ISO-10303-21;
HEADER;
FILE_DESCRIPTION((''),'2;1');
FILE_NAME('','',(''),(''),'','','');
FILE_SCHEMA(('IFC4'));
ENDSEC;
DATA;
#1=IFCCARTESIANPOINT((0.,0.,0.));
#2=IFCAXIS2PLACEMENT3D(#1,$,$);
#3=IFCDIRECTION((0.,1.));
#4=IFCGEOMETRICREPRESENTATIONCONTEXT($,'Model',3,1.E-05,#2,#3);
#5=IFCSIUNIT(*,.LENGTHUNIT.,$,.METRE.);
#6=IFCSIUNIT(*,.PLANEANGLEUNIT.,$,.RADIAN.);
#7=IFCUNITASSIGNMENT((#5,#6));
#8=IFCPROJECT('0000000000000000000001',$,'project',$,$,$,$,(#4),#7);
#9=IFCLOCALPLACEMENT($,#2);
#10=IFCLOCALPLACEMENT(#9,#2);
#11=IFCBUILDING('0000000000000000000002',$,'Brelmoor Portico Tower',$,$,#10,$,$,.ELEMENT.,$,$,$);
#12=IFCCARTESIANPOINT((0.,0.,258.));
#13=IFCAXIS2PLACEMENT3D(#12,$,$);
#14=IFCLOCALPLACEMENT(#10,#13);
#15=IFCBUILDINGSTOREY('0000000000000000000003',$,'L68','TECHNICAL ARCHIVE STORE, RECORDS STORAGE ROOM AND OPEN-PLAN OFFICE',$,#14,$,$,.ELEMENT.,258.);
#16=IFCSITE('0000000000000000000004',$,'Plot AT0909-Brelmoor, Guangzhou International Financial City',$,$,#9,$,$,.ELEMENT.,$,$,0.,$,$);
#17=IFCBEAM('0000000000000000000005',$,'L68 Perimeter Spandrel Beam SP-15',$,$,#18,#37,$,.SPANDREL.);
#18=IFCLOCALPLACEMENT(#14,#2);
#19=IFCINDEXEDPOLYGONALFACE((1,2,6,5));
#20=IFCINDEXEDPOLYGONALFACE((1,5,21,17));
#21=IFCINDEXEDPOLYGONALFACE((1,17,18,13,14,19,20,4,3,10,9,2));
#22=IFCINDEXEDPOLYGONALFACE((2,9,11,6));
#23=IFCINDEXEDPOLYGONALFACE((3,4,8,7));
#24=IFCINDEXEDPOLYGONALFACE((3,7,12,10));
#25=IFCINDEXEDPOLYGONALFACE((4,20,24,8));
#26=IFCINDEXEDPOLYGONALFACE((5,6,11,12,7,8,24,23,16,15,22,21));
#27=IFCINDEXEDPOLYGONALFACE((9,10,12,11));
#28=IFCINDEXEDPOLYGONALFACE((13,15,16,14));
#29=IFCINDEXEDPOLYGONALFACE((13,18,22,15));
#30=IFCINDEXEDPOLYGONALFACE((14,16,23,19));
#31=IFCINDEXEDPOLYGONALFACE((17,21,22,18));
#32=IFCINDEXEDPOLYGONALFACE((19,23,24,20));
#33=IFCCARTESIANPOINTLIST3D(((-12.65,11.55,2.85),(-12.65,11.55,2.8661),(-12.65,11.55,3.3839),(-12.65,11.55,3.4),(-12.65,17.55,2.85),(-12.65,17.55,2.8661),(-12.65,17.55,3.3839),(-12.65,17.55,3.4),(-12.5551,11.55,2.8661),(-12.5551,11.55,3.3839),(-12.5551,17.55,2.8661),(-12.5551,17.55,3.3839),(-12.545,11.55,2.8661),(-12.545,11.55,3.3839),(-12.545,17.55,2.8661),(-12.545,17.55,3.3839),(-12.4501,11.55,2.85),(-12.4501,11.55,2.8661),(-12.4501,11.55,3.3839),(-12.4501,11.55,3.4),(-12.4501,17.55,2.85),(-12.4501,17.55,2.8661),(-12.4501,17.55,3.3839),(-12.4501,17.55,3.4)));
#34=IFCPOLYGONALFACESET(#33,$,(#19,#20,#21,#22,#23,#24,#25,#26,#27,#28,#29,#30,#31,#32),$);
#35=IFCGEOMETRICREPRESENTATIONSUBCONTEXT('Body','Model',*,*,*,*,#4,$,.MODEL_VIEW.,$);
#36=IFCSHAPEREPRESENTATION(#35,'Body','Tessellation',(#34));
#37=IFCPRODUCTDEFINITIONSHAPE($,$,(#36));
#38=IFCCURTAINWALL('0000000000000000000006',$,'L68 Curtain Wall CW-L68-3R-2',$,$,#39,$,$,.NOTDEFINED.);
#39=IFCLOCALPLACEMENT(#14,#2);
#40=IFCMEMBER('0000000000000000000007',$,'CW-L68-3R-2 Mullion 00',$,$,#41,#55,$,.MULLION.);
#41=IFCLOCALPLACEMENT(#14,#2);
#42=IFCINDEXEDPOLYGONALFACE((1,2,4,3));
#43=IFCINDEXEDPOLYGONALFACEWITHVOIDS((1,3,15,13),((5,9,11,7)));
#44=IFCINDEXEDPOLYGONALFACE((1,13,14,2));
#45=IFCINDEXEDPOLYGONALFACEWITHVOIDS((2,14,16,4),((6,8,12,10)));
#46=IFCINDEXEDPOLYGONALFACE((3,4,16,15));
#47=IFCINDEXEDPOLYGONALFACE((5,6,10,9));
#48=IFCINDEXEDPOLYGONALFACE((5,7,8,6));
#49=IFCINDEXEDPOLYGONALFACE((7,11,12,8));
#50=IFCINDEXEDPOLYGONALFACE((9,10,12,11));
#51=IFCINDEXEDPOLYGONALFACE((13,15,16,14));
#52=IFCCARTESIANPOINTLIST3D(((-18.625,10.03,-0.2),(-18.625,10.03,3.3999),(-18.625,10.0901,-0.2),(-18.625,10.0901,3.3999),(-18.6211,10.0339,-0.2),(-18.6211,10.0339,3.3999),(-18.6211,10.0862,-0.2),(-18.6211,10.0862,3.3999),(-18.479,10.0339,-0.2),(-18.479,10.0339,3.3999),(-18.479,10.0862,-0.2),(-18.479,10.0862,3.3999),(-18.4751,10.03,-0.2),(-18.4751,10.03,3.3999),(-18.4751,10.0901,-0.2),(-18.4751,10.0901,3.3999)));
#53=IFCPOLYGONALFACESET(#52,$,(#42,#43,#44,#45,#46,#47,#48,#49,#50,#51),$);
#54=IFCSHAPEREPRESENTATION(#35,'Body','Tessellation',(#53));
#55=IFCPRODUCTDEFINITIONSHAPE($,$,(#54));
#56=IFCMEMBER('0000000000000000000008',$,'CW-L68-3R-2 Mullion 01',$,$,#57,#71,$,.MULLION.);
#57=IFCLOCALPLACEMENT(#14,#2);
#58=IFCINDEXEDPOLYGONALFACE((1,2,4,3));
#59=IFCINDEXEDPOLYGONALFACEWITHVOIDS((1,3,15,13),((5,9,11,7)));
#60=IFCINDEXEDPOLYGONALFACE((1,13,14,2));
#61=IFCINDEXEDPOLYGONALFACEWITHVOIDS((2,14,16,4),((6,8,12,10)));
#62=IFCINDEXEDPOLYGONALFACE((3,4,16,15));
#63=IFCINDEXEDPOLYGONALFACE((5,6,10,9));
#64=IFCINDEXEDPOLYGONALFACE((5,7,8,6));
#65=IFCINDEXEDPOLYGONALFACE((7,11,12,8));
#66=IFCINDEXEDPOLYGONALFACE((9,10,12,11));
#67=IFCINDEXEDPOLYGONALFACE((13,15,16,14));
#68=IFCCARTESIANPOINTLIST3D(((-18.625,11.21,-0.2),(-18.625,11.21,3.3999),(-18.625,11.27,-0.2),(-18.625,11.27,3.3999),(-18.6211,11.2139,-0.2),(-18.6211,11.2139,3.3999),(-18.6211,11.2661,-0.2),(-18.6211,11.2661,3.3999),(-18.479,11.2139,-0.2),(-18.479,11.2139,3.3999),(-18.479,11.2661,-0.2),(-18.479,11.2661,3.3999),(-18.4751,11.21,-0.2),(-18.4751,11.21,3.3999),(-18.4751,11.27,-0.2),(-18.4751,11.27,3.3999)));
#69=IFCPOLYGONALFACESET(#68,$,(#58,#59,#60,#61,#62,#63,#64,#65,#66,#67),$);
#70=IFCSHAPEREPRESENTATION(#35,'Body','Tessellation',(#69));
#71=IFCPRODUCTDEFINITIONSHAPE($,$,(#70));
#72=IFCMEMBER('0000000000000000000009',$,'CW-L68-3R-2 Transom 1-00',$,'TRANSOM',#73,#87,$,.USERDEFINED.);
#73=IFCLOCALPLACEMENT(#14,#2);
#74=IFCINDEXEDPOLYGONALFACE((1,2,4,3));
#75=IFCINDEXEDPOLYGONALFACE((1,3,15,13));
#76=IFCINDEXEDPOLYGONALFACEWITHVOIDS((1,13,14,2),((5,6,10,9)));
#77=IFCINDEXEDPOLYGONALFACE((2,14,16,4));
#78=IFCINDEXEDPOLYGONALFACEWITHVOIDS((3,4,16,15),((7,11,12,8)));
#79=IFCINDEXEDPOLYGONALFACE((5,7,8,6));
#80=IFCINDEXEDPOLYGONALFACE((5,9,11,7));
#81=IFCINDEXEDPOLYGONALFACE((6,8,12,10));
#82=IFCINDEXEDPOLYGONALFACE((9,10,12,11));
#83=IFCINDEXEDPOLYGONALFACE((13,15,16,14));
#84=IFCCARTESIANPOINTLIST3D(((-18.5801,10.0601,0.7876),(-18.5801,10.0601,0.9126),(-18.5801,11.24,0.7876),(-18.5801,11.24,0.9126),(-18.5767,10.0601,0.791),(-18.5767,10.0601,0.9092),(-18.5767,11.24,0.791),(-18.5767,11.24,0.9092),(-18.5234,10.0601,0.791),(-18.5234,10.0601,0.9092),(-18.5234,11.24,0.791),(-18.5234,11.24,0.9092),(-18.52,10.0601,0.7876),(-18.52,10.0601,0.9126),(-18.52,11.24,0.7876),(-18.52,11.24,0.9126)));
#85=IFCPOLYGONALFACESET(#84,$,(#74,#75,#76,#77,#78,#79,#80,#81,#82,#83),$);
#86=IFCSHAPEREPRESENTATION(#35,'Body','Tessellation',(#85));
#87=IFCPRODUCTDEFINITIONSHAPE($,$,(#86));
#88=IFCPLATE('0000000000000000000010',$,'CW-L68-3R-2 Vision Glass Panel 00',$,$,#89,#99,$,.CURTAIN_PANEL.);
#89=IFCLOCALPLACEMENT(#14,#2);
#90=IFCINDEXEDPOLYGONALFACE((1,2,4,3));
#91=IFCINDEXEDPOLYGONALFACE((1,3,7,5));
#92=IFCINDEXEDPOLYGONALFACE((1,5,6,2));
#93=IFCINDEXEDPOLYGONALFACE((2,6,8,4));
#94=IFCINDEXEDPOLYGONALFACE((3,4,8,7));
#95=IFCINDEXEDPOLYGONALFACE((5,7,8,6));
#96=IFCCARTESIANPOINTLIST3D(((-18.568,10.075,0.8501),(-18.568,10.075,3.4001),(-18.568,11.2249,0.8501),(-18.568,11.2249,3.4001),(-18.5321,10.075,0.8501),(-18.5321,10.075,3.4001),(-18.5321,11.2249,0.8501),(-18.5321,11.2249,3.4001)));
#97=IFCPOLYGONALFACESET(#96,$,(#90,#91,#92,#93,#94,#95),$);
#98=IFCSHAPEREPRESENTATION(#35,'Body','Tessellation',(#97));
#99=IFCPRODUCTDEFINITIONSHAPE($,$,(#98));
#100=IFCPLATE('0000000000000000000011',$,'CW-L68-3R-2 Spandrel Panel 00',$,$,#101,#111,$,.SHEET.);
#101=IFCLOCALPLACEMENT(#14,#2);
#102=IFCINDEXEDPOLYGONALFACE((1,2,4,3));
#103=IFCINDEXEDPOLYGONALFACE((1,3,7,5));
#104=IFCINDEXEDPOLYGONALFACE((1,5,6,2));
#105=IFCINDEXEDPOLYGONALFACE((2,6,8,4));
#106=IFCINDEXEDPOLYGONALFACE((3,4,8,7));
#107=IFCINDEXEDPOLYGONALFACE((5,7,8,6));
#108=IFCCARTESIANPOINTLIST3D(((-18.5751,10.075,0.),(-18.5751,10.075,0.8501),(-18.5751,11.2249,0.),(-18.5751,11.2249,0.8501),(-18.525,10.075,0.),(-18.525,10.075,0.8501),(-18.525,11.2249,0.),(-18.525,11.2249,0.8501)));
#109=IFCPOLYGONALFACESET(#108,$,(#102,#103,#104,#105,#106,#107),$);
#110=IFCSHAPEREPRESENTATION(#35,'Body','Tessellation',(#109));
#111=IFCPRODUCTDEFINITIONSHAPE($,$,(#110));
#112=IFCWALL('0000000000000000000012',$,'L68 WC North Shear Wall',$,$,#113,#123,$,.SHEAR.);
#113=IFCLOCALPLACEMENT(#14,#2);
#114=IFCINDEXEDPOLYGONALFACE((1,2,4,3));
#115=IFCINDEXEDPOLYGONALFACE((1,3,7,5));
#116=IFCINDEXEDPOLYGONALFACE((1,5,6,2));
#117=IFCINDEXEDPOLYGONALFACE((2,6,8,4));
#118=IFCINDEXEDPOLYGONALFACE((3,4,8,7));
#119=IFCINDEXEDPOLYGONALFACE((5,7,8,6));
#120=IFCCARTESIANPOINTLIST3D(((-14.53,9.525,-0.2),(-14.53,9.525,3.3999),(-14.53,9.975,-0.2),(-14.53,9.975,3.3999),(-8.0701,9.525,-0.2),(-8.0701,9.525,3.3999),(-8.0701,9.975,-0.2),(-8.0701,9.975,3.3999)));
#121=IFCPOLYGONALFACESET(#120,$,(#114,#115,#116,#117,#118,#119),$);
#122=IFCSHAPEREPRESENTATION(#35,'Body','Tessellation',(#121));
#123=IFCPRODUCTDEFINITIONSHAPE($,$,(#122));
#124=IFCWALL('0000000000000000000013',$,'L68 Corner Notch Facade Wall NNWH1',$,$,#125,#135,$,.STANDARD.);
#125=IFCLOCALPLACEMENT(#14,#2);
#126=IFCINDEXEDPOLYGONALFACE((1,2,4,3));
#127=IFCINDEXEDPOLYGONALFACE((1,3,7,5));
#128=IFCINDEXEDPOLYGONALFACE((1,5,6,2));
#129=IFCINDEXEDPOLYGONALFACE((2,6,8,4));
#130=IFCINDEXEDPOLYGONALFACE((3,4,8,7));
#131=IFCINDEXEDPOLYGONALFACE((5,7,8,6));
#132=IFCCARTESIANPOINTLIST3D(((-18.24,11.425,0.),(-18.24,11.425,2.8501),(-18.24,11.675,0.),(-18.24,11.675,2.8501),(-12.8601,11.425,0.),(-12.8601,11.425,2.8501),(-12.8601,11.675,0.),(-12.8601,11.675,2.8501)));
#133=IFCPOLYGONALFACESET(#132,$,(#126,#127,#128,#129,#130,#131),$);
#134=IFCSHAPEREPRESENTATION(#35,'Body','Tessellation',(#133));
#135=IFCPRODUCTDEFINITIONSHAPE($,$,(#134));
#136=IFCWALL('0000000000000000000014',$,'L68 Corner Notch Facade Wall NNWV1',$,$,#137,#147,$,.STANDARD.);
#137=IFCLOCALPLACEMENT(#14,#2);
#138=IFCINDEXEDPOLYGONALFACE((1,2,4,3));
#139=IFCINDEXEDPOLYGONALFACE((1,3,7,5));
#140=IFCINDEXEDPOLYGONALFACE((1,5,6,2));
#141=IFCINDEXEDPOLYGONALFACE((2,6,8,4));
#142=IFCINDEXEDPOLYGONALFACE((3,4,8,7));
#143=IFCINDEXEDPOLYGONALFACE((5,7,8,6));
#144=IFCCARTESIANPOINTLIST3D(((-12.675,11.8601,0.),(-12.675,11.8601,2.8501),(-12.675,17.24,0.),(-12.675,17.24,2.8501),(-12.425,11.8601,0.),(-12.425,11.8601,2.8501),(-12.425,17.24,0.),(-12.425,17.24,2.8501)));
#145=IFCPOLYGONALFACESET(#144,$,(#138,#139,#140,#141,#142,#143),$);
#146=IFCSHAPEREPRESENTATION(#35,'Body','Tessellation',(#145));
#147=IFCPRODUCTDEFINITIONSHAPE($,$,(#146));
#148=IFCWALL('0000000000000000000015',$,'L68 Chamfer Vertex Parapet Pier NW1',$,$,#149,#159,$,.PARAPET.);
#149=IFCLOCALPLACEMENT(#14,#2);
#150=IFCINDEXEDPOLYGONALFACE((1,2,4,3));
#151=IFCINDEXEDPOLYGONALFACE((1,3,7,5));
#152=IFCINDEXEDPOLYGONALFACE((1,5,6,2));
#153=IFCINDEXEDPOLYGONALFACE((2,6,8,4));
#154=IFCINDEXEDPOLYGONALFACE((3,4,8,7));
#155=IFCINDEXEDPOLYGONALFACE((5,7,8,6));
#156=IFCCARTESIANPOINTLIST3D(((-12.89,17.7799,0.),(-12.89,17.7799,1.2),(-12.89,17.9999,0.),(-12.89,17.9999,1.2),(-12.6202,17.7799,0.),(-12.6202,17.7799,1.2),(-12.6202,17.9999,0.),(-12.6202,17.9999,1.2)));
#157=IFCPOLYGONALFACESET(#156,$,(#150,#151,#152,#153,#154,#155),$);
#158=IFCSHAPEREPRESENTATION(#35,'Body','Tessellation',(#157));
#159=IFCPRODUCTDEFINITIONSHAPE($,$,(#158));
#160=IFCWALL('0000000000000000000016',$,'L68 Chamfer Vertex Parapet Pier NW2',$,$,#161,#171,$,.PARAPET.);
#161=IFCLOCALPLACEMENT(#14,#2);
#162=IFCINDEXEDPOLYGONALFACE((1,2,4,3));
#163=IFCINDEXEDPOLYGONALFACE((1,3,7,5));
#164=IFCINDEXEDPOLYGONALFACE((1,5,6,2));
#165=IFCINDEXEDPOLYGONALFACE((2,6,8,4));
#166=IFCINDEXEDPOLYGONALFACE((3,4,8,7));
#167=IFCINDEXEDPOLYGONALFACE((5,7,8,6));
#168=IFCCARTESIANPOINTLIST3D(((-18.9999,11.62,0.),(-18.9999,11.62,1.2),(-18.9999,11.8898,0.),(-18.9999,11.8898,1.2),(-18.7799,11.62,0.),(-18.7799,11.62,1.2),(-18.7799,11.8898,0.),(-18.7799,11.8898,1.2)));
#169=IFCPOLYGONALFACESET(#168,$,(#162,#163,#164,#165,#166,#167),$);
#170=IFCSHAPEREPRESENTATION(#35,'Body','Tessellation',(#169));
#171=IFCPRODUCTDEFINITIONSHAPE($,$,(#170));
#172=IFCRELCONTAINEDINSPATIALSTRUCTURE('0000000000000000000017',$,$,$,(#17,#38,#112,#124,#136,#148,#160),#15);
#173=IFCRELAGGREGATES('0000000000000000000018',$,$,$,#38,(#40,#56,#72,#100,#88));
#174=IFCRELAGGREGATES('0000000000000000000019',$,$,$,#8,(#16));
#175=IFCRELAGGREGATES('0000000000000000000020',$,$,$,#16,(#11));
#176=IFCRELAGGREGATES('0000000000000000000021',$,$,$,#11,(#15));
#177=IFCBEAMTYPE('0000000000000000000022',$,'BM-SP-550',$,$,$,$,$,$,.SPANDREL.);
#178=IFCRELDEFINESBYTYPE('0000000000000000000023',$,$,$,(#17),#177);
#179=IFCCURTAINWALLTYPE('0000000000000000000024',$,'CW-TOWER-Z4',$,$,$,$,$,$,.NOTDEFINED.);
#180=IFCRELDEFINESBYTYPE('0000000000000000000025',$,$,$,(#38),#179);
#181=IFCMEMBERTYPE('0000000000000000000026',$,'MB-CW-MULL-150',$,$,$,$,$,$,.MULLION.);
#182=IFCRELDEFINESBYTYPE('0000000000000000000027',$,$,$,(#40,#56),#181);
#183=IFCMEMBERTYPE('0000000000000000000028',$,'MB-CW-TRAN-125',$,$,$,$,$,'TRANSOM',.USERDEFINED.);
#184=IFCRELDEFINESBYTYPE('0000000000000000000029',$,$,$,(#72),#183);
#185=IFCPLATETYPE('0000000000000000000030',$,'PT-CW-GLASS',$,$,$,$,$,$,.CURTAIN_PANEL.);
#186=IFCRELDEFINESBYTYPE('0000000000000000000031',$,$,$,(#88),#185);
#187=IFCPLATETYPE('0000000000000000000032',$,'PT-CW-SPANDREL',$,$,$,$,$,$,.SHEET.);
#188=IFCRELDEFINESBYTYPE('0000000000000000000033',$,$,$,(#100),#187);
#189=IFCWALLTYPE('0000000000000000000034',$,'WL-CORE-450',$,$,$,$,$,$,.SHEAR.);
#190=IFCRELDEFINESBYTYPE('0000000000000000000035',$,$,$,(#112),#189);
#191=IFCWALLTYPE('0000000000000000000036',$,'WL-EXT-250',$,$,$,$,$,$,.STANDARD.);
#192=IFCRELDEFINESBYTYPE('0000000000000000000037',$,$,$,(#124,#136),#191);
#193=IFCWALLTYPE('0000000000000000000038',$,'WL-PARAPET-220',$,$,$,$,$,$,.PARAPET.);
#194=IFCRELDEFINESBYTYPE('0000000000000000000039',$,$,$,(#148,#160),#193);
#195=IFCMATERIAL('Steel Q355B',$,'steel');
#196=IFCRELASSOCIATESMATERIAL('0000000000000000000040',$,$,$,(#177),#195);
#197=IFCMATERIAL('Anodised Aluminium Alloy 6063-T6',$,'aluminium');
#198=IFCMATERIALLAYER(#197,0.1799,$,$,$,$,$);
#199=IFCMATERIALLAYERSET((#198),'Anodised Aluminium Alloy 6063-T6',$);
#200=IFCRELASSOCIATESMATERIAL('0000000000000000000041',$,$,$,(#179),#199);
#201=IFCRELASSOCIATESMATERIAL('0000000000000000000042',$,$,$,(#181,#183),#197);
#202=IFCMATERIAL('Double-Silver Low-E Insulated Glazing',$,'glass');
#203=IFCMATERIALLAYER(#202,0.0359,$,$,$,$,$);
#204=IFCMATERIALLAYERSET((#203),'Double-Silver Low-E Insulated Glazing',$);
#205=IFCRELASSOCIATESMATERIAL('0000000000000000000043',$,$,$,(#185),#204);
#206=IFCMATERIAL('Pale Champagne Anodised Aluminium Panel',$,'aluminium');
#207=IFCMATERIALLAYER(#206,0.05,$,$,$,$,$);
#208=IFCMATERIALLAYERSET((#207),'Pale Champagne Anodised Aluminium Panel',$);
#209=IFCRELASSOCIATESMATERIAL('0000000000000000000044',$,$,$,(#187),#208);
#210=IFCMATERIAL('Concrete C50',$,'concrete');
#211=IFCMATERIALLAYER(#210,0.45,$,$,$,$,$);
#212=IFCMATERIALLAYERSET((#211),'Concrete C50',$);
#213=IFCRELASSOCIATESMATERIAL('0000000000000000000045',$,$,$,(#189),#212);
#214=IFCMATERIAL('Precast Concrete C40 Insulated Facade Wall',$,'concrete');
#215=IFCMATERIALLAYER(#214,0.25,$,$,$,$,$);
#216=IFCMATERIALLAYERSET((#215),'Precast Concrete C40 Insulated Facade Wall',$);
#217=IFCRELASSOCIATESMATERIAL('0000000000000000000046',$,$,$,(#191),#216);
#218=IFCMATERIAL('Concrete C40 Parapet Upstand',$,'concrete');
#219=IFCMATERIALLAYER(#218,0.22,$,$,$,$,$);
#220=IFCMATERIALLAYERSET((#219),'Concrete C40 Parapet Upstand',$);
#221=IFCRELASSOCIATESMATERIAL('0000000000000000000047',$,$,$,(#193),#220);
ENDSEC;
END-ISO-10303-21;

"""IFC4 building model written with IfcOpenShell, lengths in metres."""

from ifc_helpers import new_model, si_unit, direction, frame, frame_2d, origin, origin_2d, place, context, subcontext, project, spatial, rectangle, hollow_rectangle, i_section, extrude, material, layer, layer_set, material_profile, profile_set, type_object, element, aggregate, save


model = new_model("IFC4")

# Units and contexts
model_context = context("Model", 3, precision=1e-05, world=origin(), true_north=direction((0.0, 1.0)))
body_context = subcontext(model_context, "Body", "Model", "MODEL_VIEW")
ifc_project = project(units=[si_unit("LENGTHUNIT", "METRE"), si_unit("PLANEANGLEUNIT", "RADIAN")], contexts=[model_context])

# Site, building, storey
site_placement = place(None, origin())
site = spatial("IfcSite", under=ifc_project, at=site_placement, Name="Plot AT0909-Brelmoor, Guangzhou International Financial City", CompositionType="ELEMENT", RefElevation=0.0)
building_placement = place(site_placement, origin())
building = spatial("IfcBuilding", under=site, at=building_placement, Name="Brelmoor Portico Tower", CompositionType="ELEMENT")
storey_placement = place(building_placement, frame((0.0, 0.0, 258.0)))
storey = spatial("IfcBuildingStorey", under=building, at=storey_placement, Name="L68", Description="TECHNICAL ARCHIVE STORE, RECORDS STORAGE ROOM AND OPEN-PLAN OFFICE", CompositionType="ELEMENT", Elevation=258.0)

# Shared definitions
ifc_material_1 = material(Name="Steel Q355B", Category="steel")

# Beam
ifc_material_profile_1 = material_profile(ifc_material_1, i_section(OverallWidth=0.2, OverallDepth=0.55, WebThickness=0.01, FlangeThickness=0.0161, at=origin_2d()), Name="HN 550x200x10x16")
ifc_profile_set_1 = profile_set([ifc_material_profile_1], Name="Steel Q355B")
beam_type_1 = type_object("IfcBeamType", Name="BM-SP-550", PredefinedType="SPANDREL", material=ifc_profile_set_1)
beam_1_placement = place(storey_placement, frame((-12.55, 11.55, 3.125), z_axis=(0.0, 1.0, 0.0), x_axis=(-1.0, 0.0, 0.0)))
element("IfcBeam", 1, at=beam_1_placement, inside=storey, type_object=beam_type_1, Name="L68 Perimeter Spandrel Beam SP-15", PredefinedType="SPANDREL", context=body_context, shape_type="SweptSolid", body=[
    extrude(i_section(OverallWidth=0.2, OverallDepth=0.55, WebThickness=0.01, FlangeThickness=0.0161, at=origin_2d()), origin(), (0.0, 0.0, 1.0), 6.0),
])

# Curtain wall, members, plates
ifc_material_2 = material(Name="Anodised Aluminium Alloy 6063-T6", Category="aluminium")
ifc_layer_1 = layer(ifc_material_2, 0.1799)
ifc_layer_set_1 = layer_set([ifc_layer_1], Name="Anodised Aluminium Alloy 6063-T6")
curtain_wall_type = type_object("IfcCurtainWallType", Name="CW-TOWER-Z4", PredefinedType="NOTDEFINED", material=ifc_layer_set_1)
curtain_wall_placement = place(storey_placement, origin())
curtain_wall = element("IfcCurtainWall", 2, at=curtain_wall_placement, inside=storey, type_object=curtain_wall_type, Name="L68 Curtain Wall CW-L68-3R-2", PredefinedType="NOTDEFINED")
ifc_material_profile_2 = material_profile(ifc_material_2, hollow_rectangle(XDim=0.0601, YDim=0.1499, WallThickness=0.0039, at=origin_2d()), Name="ALU MULLION 60x150")
ifc_profile_set_2 = profile_set([ifc_material_profile_2], Name="Anodised Aluminium Alloy 6063-T6")
member_type_1 = type_object("IfcMemberType", Name="MB-CW-MULL-150", PredefinedType="MULLION", material=ifc_profile_set_2)
member_1_placement = place(storey_placement, frame((-18.55, 10.0601, -0.2), z_axis=(0.0, 0.0, 1.0), x_axis=(0.0, 1.0, 0.0)))
member_1 = element("IfcMember", 3, at=member_1_placement, type_object=member_type_1, Name="CW-L68-3R-2 Mullion 00", PredefinedType="MULLION", context=body_context, shape_type="SweptSolid", body=[
    extrude(hollow_rectangle(XDim=0.0601, YDim=0.1499, WallThickness=0.0039, at=origin_2d()), origin(), (0.0, 0.0, 1.0), 3.5999),
])
member_2_placement = place(storey_placement, frame((-18.55, 11.24, -0.2), z_axis=(0.0, 0.0, 1.0), x_axis=(0.0, 1.0, 0.0)))
member_2 = element("IfcMember", 4, at=member_2_placement, type_object=member_type_1, Name="CW-L68-3R-2 Mullion 01", PredefinedType="MULLION", context=body_context, shape_type="SweptSolid", body=[
    extrude(hollow_rectangle(XDim=0.0601, YDim=0.1499, WallThickness=0.0039, at=origin_2d()), origin(), (0.0, 0.0, 1.0), 3.5999),
])
ifc_material_profile_3 = material_profile(ifc_material_2, hollow_rectangle(XDim=0.0601, YDim=0.125, WallThickness=0.0034, at=origin_2d()), Name="ALU TRANSOM 60x125")
ifc_profile_set_3 = profile_set([ifc_material_profile_3], Name="Anodised Aluminium Alloy 6063-T6")
member_type_2 = type_object("IfcMemberType", Name="MB-CW-TRAN-125", ElementType="TRANSOM", PredefinedType="USERDEFINED", material=ifc_profile_set_3)
member_3_placement = place(storey_placement, frame((-18.55, 10.0601, 0.8501), z_axis=(0.0, 1.0, 0.0), x_axis=(-1.0, 0.0, 0.0)))
member_3 = element("IfcMember", 5, at=member_3_placement, type_object=member_type_2, Name="CW-L68-3R-2 Transom 1-00", ObjectType="TRANSOM", PredefinedType="USERDEFINED", context=body_context, shape_type="SweptSolid", body=[
    extrude(hollow_rectangle(XDim=0.0601, YDim=0.125, WallThickness=0.0034, at=origin_2d()), origin(), (0.0, 0.0, 1.0), 1.1799),
])
ifc_material_3 = material(Name="Double-Silver Low-E Insulated Glazing", Category="glass")
ifc_layer_2 = layer(ifc_material_3, 0.0359)
ifc_layer_set_2 = layer_set([ifc_layer_2], Name="Double-Silver Low-E Insulated Glazing")
plate_type_1 = type_object("IfcPlateType", Name="PT-CW-GLASS", PredefinedType="CURTAIN_PANEL", material=ifc_layer_set_2)
plate_1_placement = place(storey_placement, frame((-18.55, 10.6499, 0.8501), z_axis=(0.0, 0.0, 1.0), x_axis=(0.0, 1.0, 0.0)))
plate_1 = element("IfcPlate", 6, at=plate_1_placement, type_object=plate_type_1, Name="CW-L68-3R-2 Vision Glass Panel 00", PredefinedType="CURTAIN_PANEL", context=body_context, shape_type="SweptSolid", body=[
    extrude(rectangle(XDim=1.1499, YDim=0.0359, at=origin_2d()), origin(), (0.0, 0.0, 1.0), 2.55),
])
ifc_material_4 = material(Name="Pale Champagne Anodised Aluminium Panel", Category="aluminium")
ifc_layer_3 = layer(ifc_material_4, 0.05)
ifc_layer_set_3 = layer_set([ifc_layer_3], Name="Pale Champagne Anodised Aluminium Panel")
plate_type_2 = type_object("IfcPlateType", Name="PT-CW-SPANDREL", PredefinedType="SHEET", material=ifc_layer_set_3)
plate_2_placement = place(storey_placement, frame((-18.55, 10.6499, 0.0), z_axis=(0.0, 0.0, 1.0), x_axis=(0.0, 1.0, 0.0)))
plate_2 = element("IfcPlate", 7, at=plate_2_placement, type_object=plate_type_2, Name="CW-L68-3R-2 Spandrel Panel 00", PredefinedType="SHEET", context=body_context, shape_type="SweptSolid", body=[
    extrude(rectangle(XDim=1.1499, YDim=0.05, at=origin_2d()), origin(), (0.0, 0.0, 1.0), 0.8501),
])
aggregate(curtain_wall, [member_1, member_2, member_3, plate_2, plate_1])

# Walls
ifc_material_5 = material(Name="Concrete C50", Category="concrete")
ifc_layer_4 = layer(ifc_material_5, 0.45)
ifc_layer_set_4 = layer_set([ifc_layer_4], Name="Concrete C50")
wall_type_1 = type_object("IfcWallType", Name="WL-CORE-450", PredefinedType="SHEAR", material=ifc_layer_set_4)
wall_1_placement = place(storey_placement, frame((-14.53, 9.75, -0.2), z_axis=(0.0, 0.0, 1.0), x_axis=(1.0, 0.0, 0.0)))
element("IfcWall", 8, at=wall_1_placement, inside=storey, type_object=wall_type_1, Name="L68 WC North Shear Wall", PredefinedType="SHEAR", context=body_context, shape_type="SweptSolid", body=[
    extrude(rectangle(XDim=6.46, YDim=0.45, at=frame_2d((3.23, 0.0))), origin(), (0.0, 0.0, 1.0), 3.5999),
])
ifc_material_6 = material(Name="Precast Concrete C40 Insulated Facade Wall", Category="concrete")
ifc_layer_5 = layer(ifc_material_6, 0.25)
ifc_layer_set_5 = layer_set([ifc_layer_5], Name="Precast Concrete C40 Insulated Facade Wall")
wall_type_2 = type_object("IfcWallType", Name="WL-EXT-250", PredefinedType="STANDARD", material=ifc_layer_set_5)
for number, where, z_axis, x_axis, name in (
    (9, (-18.24, 11.55, 0.0), (0.0, 0.0, 1.0), (1.0, 0.0, 0.0), "L68 Corner Notch Facade Wall NNWH1"),
    (10, (-12.55, 11.8601, 0.0), (0.0, 0.0, 1.0), (0.0, 1.0, 0.0), "L68 Corner Notch Facade Wall NNWV1"),
):
    element("IfcWall", number, at=place(storey_placement, frame(where, z_axis=z_axis, x_axis=x_axis)), inside=storey, type_object=wall_type_2, Name=name, PredefinedType="STANDARD", context=body_context, shape_type="SweptSolid", body=[
        extrude(rectangle(XDim=5.3799, YDim=0.25, at=frame_2d((2.6899, 0.0))), origin(), (0.0, 0.0, 1.0), 2.8501),
    ])
ifc_material_7 = material(Name="Concrete C40 Parapet Upstand", Category="concrete")
ifc_layer_6 = layer(ifc_material_7, 0.22)
ifc_layer_set_6 = layer_set([ifc_layer_6], Name="Concrete C40 Parapet Upstand")
wall_type_3 = type_object("IfcWallType", Name="WL-PARAPET-220", PredefinedType="PARAPET", material=ifc_layer_set_6)
for number, where, z_axis, x_axis, name in (
    (11, (-12.8899, 17.8899, 0.0), (0.0, 0.0, 1.0), (1.0, 0.0, 0.0), "L68 Chamfer Vertex Parapet Pier NW1"),
    (12, (-18.8899, 11.6201, 0.0), (0.0, 0.0, 1.0), (0.0, 1.0, 0.0), "L68 Chamfer Vertex Parapet Pier NW2"),
):
    element("IfcWall", number, at=place(storey_placement, frame(where, z_axis=z_axis, x_axis=x_axis)), inside=storey, type_object=wall_type_3, Name=name, PredefinedType="PARAPET", context=body_context, shape_type="SweptSolid", body=[
        extrude(rectangle(XDim=0.2698, YDim=0.22, at=frame_2d((0.1348, 0.0))), origin(), (0.0, 0.0, 1.0), 1.2),
    ])

save(model, "model.ifc")
